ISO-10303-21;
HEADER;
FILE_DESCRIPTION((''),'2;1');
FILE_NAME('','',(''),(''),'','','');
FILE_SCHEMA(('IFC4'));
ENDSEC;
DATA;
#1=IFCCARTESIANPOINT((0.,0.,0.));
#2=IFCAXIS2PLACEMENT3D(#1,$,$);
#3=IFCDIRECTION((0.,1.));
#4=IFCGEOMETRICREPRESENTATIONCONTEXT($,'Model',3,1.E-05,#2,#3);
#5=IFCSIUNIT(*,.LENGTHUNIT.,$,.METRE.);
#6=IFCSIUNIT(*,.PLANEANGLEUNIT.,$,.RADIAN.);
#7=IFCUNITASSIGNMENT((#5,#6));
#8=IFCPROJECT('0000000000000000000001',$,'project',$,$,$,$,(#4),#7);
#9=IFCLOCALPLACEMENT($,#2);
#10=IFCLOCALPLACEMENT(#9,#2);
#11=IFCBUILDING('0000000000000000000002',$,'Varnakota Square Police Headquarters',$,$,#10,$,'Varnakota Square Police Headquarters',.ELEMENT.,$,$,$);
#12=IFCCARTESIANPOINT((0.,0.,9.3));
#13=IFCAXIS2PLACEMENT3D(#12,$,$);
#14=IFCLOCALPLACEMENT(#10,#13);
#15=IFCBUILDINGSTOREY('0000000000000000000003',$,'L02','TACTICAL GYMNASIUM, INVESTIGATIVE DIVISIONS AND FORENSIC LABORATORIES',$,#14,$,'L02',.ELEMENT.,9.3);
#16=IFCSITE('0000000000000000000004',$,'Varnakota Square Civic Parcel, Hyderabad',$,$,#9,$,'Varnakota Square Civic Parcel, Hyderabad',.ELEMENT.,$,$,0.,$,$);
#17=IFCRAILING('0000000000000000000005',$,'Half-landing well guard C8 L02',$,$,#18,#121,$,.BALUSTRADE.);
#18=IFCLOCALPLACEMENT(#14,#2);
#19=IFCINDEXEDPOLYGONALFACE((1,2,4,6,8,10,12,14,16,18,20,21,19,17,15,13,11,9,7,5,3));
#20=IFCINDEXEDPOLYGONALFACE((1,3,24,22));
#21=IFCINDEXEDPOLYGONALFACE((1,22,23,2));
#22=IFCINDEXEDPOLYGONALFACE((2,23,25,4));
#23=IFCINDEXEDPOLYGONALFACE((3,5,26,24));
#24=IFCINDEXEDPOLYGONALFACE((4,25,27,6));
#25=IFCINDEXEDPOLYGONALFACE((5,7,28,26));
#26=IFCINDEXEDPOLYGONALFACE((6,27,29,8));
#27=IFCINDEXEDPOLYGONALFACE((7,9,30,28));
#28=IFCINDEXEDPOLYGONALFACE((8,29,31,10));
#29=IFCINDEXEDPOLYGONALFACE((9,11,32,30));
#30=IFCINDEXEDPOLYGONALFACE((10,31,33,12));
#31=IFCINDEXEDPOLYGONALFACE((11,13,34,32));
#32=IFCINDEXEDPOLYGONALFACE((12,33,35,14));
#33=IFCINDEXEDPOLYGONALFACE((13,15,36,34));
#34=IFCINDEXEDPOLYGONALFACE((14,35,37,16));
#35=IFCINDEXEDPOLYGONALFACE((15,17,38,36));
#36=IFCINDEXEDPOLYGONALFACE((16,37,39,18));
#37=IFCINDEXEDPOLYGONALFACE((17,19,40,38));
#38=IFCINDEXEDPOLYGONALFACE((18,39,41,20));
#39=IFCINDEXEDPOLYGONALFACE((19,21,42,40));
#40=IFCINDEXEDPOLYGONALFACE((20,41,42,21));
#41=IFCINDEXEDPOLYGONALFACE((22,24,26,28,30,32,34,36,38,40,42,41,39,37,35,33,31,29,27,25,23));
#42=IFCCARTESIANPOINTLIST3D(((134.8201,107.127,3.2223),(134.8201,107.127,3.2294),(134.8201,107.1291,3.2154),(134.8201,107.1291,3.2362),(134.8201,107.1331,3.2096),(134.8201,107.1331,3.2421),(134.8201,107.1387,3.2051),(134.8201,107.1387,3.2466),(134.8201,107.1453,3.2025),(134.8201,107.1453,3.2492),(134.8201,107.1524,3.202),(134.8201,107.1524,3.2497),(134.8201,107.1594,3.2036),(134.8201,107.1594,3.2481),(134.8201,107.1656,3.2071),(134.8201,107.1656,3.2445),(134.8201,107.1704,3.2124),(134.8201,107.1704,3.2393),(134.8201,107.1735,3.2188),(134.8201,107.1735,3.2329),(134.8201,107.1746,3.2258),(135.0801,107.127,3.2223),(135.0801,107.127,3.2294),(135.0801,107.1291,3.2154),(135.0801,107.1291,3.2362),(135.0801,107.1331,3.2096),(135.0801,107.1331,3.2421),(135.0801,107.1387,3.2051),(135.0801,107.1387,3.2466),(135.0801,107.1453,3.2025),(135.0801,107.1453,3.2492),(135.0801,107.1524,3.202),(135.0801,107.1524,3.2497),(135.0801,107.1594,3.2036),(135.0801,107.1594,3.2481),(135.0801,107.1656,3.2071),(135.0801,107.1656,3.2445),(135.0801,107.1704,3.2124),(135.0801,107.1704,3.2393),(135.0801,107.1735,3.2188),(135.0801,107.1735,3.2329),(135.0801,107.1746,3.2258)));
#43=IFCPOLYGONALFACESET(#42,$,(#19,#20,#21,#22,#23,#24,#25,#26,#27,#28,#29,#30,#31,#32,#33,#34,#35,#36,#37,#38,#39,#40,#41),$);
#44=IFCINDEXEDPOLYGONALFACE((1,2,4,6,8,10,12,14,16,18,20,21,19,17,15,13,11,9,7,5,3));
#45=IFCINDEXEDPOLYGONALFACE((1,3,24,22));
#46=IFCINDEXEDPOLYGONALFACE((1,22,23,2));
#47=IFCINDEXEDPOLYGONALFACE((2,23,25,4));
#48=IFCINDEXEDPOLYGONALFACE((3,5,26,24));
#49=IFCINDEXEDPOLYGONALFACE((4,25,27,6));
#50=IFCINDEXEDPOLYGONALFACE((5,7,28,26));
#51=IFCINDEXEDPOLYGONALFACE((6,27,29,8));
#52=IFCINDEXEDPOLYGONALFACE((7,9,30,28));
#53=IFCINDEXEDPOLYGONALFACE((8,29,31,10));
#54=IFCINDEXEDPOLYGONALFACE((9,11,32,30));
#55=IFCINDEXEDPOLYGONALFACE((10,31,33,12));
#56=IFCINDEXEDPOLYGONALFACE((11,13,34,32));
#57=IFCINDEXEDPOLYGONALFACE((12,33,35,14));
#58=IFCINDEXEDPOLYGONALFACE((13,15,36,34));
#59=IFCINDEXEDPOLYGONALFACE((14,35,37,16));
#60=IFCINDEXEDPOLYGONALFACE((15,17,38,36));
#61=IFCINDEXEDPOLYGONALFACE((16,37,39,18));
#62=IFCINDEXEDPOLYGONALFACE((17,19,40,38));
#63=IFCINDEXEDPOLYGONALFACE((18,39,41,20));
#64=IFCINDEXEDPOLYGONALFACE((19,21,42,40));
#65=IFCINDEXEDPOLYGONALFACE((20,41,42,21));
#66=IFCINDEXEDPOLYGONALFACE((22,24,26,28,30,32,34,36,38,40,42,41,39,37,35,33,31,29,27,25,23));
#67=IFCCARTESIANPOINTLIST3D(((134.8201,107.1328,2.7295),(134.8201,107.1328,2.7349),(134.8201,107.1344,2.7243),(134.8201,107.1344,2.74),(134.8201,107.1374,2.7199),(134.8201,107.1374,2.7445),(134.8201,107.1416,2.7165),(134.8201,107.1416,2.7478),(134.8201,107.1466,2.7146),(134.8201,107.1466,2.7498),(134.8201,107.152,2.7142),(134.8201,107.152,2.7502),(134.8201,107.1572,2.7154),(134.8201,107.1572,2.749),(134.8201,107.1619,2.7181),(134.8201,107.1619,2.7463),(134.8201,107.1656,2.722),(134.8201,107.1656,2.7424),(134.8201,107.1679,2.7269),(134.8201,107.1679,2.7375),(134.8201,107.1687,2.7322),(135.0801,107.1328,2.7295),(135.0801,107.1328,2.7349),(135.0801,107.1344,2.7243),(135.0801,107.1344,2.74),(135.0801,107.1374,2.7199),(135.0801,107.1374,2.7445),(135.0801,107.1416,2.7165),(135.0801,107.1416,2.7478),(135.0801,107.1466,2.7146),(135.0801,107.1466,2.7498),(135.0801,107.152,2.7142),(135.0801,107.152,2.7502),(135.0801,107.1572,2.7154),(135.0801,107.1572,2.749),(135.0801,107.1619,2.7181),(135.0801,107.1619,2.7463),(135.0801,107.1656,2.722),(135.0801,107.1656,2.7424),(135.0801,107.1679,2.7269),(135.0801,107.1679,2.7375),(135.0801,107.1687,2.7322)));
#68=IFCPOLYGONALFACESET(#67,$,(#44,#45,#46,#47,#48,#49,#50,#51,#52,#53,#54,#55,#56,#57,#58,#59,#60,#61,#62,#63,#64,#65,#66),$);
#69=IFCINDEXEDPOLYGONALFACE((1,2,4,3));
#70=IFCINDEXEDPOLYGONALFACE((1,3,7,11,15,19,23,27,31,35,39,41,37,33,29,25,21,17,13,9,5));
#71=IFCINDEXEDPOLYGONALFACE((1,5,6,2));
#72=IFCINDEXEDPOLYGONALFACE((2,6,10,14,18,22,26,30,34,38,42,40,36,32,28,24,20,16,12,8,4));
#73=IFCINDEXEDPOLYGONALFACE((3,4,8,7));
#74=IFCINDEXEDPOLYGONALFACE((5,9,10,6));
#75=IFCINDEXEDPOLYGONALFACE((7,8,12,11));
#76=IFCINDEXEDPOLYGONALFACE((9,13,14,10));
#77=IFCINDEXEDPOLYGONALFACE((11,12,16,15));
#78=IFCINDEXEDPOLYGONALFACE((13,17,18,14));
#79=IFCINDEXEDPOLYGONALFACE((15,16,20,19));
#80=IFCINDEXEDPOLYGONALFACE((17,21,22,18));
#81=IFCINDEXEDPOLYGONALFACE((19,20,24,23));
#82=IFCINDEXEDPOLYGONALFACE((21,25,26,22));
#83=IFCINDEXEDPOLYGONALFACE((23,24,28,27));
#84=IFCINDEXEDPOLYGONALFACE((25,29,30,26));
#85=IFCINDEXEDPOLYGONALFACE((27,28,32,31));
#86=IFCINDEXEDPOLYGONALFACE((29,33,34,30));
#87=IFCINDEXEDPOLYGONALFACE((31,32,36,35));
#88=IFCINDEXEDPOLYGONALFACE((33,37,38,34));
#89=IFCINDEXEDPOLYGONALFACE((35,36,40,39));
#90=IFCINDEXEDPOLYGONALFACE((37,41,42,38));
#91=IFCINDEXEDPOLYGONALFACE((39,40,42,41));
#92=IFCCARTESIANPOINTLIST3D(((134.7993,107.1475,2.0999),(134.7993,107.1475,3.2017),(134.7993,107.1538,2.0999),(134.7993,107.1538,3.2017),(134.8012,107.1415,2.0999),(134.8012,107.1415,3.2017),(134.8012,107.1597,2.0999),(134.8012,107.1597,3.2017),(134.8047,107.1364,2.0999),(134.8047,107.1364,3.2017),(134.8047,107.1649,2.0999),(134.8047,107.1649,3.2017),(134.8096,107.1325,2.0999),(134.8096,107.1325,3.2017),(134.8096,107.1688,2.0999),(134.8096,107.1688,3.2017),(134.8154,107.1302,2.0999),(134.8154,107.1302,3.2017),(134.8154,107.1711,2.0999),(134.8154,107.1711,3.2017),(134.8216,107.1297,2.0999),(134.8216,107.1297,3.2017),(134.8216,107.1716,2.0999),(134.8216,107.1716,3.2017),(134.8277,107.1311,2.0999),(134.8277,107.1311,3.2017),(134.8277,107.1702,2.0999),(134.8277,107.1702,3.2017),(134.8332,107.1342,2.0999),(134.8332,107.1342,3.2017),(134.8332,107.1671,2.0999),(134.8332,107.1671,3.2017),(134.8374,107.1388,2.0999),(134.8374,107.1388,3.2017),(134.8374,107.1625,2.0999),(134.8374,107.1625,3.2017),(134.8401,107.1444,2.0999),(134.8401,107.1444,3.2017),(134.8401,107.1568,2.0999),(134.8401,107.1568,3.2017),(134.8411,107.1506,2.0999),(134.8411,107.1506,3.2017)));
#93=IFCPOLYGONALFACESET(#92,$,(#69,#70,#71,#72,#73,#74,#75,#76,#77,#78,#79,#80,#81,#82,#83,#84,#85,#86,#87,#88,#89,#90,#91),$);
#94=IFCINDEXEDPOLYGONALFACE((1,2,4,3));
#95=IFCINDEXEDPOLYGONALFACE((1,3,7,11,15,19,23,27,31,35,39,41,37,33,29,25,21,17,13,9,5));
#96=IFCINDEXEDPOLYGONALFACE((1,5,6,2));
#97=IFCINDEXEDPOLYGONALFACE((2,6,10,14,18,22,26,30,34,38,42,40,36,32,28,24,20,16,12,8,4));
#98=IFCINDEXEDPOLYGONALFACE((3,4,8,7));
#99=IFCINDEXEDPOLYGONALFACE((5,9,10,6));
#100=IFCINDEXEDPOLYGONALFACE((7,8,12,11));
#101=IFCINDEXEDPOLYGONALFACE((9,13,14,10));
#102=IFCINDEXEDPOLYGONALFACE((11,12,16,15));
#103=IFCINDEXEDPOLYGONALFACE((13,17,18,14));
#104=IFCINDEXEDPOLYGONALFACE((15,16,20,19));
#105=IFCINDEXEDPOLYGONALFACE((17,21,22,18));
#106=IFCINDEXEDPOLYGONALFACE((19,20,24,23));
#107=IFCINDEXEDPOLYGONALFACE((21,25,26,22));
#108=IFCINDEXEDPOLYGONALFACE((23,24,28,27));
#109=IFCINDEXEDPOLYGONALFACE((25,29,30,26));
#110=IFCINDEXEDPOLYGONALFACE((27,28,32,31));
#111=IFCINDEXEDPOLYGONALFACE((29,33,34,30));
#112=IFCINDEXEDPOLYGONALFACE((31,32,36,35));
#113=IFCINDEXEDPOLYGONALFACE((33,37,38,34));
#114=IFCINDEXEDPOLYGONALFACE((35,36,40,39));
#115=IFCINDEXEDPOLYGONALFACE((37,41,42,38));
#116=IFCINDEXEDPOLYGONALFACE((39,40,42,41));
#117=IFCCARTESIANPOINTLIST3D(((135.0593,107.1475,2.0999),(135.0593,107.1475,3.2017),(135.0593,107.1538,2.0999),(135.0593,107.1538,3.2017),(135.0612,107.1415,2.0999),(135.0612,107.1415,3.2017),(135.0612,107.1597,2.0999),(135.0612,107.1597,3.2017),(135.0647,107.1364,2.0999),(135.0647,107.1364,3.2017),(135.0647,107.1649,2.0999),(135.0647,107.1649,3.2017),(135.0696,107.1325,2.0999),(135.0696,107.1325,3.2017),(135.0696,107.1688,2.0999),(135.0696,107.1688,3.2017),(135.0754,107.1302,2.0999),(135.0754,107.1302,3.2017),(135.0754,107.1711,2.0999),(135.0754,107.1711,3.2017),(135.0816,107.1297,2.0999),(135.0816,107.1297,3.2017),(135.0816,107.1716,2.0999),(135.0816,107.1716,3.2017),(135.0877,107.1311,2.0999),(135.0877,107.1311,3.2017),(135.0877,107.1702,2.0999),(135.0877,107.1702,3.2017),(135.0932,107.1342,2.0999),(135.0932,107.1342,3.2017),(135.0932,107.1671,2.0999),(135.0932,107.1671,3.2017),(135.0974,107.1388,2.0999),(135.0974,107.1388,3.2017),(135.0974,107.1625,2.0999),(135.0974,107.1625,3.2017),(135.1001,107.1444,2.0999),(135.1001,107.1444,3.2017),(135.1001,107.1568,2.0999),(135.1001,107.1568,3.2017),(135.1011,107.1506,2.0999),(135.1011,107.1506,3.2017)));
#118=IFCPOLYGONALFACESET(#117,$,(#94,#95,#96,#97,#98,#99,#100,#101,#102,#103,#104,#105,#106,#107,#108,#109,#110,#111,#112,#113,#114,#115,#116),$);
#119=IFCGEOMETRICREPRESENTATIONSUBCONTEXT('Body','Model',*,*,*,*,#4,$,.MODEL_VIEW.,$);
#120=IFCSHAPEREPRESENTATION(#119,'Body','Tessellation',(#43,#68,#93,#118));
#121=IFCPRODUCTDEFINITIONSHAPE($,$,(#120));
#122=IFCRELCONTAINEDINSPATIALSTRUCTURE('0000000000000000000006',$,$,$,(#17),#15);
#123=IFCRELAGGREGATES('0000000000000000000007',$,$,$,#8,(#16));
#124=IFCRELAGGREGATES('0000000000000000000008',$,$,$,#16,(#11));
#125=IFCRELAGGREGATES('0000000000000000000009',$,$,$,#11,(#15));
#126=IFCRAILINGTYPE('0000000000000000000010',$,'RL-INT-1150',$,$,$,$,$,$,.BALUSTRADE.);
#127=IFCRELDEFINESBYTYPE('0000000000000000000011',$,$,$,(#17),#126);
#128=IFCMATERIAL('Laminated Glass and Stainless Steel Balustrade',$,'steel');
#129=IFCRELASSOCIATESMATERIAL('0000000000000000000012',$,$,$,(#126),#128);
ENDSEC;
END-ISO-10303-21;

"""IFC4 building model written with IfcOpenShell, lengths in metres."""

from ifc_helpers import new_model, si_unit, direction, frame, origin, origin_2d, place, context, subcontext, project, spatial, circle, extrude, material, type_object, element, save


model = new_model("IFC4")

# Units and contexts
model_context = context("Model", 3, precision=1e-05, world=origin(), true_north=direction((0.0, 1.0)))
body_context = subcontext(model_context, "Body", "Model", "MODEL_VIEW")
ifc_project = project(units=[si_unit("LENGTHUNIT", "METRE"), si_unit("PLANEANGLEUNIT", "RADIAN")], contexts=[model_context])

# Site, building, storey
site_placement = place(None, origin())
site = spatial("IfcSite", under=ifc_project, at=site_placement, Name="Varnakota Square Civic Parcel, Hyderabad", LongName="Varnakota Square Civic Parcel, Hyderabad", CompositionType="ELEMENT", RefElevation=0.0)
building_placement = place(site_placement, origin())
building = spatial("IfcBuilding", under=site, at=building_placement, Name="Varnakota Square Police Headquarters", LongName="Varnakota Square Police Headquarters", CompositionType="ELEMENT")
storey_placement = place(building_placement, frame((0.0, 0.0, 9.3)))
storey = spatial("IfcBuildingStorey", under=building, at=storey_placement, Name="L02", Description="TACTICAL GYMNASIUM, INVESTIGATIVE DIVISIONS AND FORENSIC LABORATORIES", LongName="L02", CompositionType="ELEMENT", Elevation=9.3)

# Railing
ifc_material_1 = material(Name="Laminated Glass and Stainless Steel Balustrade", Category="steel")
railing_type_1 = type_object("IfcRailingType", Name="RL-INT-1150", PredefinedType="BALUSTRADE", material=ifc_material_1)
railing_1_placement = place(storey_placement, frame((134.8201, 107.1506, 2.0999)))
element("IfcRailing", 1, at=railing_1_placement, inside=storey, type_object=railing_type_1, Name="Half-landing well guard C8 L02", PredefinedType="BALUSTRADE", context=body_context, shape_type="SweptSolid", body=[
    extrude(circle(Radius=0.0239, at=origin_2d()), frame((0.0, 0.0, 1.126), z_axis=(1.0, 0.0, 0.0), x_axis=(0.0, 1.0, 0.0)), (0.0, 0.0, 1.0), 0.26),
    extrude(circle(Radius=0.0181, at=origin_2d()), frame((0.0, 0.0, 0.6323), z_axis=(1.0, 0.0, 0.0), x_axis=(0.0, 1.0, 0.0)), (0.0, 0.0, 1.0), 0.26),
    extrude(circle(Radius=0.021, at=origin_2d()), origin(), (0.0, 0.0, 1.0), 1.1018),
    extrude(circle(Radius=0.021, at=origin_2d()), frame((0.26, 0.0, 0.0)), (0.0, 0.0, 1.0), 1.1018),
])

save(model, "model.ifc")
